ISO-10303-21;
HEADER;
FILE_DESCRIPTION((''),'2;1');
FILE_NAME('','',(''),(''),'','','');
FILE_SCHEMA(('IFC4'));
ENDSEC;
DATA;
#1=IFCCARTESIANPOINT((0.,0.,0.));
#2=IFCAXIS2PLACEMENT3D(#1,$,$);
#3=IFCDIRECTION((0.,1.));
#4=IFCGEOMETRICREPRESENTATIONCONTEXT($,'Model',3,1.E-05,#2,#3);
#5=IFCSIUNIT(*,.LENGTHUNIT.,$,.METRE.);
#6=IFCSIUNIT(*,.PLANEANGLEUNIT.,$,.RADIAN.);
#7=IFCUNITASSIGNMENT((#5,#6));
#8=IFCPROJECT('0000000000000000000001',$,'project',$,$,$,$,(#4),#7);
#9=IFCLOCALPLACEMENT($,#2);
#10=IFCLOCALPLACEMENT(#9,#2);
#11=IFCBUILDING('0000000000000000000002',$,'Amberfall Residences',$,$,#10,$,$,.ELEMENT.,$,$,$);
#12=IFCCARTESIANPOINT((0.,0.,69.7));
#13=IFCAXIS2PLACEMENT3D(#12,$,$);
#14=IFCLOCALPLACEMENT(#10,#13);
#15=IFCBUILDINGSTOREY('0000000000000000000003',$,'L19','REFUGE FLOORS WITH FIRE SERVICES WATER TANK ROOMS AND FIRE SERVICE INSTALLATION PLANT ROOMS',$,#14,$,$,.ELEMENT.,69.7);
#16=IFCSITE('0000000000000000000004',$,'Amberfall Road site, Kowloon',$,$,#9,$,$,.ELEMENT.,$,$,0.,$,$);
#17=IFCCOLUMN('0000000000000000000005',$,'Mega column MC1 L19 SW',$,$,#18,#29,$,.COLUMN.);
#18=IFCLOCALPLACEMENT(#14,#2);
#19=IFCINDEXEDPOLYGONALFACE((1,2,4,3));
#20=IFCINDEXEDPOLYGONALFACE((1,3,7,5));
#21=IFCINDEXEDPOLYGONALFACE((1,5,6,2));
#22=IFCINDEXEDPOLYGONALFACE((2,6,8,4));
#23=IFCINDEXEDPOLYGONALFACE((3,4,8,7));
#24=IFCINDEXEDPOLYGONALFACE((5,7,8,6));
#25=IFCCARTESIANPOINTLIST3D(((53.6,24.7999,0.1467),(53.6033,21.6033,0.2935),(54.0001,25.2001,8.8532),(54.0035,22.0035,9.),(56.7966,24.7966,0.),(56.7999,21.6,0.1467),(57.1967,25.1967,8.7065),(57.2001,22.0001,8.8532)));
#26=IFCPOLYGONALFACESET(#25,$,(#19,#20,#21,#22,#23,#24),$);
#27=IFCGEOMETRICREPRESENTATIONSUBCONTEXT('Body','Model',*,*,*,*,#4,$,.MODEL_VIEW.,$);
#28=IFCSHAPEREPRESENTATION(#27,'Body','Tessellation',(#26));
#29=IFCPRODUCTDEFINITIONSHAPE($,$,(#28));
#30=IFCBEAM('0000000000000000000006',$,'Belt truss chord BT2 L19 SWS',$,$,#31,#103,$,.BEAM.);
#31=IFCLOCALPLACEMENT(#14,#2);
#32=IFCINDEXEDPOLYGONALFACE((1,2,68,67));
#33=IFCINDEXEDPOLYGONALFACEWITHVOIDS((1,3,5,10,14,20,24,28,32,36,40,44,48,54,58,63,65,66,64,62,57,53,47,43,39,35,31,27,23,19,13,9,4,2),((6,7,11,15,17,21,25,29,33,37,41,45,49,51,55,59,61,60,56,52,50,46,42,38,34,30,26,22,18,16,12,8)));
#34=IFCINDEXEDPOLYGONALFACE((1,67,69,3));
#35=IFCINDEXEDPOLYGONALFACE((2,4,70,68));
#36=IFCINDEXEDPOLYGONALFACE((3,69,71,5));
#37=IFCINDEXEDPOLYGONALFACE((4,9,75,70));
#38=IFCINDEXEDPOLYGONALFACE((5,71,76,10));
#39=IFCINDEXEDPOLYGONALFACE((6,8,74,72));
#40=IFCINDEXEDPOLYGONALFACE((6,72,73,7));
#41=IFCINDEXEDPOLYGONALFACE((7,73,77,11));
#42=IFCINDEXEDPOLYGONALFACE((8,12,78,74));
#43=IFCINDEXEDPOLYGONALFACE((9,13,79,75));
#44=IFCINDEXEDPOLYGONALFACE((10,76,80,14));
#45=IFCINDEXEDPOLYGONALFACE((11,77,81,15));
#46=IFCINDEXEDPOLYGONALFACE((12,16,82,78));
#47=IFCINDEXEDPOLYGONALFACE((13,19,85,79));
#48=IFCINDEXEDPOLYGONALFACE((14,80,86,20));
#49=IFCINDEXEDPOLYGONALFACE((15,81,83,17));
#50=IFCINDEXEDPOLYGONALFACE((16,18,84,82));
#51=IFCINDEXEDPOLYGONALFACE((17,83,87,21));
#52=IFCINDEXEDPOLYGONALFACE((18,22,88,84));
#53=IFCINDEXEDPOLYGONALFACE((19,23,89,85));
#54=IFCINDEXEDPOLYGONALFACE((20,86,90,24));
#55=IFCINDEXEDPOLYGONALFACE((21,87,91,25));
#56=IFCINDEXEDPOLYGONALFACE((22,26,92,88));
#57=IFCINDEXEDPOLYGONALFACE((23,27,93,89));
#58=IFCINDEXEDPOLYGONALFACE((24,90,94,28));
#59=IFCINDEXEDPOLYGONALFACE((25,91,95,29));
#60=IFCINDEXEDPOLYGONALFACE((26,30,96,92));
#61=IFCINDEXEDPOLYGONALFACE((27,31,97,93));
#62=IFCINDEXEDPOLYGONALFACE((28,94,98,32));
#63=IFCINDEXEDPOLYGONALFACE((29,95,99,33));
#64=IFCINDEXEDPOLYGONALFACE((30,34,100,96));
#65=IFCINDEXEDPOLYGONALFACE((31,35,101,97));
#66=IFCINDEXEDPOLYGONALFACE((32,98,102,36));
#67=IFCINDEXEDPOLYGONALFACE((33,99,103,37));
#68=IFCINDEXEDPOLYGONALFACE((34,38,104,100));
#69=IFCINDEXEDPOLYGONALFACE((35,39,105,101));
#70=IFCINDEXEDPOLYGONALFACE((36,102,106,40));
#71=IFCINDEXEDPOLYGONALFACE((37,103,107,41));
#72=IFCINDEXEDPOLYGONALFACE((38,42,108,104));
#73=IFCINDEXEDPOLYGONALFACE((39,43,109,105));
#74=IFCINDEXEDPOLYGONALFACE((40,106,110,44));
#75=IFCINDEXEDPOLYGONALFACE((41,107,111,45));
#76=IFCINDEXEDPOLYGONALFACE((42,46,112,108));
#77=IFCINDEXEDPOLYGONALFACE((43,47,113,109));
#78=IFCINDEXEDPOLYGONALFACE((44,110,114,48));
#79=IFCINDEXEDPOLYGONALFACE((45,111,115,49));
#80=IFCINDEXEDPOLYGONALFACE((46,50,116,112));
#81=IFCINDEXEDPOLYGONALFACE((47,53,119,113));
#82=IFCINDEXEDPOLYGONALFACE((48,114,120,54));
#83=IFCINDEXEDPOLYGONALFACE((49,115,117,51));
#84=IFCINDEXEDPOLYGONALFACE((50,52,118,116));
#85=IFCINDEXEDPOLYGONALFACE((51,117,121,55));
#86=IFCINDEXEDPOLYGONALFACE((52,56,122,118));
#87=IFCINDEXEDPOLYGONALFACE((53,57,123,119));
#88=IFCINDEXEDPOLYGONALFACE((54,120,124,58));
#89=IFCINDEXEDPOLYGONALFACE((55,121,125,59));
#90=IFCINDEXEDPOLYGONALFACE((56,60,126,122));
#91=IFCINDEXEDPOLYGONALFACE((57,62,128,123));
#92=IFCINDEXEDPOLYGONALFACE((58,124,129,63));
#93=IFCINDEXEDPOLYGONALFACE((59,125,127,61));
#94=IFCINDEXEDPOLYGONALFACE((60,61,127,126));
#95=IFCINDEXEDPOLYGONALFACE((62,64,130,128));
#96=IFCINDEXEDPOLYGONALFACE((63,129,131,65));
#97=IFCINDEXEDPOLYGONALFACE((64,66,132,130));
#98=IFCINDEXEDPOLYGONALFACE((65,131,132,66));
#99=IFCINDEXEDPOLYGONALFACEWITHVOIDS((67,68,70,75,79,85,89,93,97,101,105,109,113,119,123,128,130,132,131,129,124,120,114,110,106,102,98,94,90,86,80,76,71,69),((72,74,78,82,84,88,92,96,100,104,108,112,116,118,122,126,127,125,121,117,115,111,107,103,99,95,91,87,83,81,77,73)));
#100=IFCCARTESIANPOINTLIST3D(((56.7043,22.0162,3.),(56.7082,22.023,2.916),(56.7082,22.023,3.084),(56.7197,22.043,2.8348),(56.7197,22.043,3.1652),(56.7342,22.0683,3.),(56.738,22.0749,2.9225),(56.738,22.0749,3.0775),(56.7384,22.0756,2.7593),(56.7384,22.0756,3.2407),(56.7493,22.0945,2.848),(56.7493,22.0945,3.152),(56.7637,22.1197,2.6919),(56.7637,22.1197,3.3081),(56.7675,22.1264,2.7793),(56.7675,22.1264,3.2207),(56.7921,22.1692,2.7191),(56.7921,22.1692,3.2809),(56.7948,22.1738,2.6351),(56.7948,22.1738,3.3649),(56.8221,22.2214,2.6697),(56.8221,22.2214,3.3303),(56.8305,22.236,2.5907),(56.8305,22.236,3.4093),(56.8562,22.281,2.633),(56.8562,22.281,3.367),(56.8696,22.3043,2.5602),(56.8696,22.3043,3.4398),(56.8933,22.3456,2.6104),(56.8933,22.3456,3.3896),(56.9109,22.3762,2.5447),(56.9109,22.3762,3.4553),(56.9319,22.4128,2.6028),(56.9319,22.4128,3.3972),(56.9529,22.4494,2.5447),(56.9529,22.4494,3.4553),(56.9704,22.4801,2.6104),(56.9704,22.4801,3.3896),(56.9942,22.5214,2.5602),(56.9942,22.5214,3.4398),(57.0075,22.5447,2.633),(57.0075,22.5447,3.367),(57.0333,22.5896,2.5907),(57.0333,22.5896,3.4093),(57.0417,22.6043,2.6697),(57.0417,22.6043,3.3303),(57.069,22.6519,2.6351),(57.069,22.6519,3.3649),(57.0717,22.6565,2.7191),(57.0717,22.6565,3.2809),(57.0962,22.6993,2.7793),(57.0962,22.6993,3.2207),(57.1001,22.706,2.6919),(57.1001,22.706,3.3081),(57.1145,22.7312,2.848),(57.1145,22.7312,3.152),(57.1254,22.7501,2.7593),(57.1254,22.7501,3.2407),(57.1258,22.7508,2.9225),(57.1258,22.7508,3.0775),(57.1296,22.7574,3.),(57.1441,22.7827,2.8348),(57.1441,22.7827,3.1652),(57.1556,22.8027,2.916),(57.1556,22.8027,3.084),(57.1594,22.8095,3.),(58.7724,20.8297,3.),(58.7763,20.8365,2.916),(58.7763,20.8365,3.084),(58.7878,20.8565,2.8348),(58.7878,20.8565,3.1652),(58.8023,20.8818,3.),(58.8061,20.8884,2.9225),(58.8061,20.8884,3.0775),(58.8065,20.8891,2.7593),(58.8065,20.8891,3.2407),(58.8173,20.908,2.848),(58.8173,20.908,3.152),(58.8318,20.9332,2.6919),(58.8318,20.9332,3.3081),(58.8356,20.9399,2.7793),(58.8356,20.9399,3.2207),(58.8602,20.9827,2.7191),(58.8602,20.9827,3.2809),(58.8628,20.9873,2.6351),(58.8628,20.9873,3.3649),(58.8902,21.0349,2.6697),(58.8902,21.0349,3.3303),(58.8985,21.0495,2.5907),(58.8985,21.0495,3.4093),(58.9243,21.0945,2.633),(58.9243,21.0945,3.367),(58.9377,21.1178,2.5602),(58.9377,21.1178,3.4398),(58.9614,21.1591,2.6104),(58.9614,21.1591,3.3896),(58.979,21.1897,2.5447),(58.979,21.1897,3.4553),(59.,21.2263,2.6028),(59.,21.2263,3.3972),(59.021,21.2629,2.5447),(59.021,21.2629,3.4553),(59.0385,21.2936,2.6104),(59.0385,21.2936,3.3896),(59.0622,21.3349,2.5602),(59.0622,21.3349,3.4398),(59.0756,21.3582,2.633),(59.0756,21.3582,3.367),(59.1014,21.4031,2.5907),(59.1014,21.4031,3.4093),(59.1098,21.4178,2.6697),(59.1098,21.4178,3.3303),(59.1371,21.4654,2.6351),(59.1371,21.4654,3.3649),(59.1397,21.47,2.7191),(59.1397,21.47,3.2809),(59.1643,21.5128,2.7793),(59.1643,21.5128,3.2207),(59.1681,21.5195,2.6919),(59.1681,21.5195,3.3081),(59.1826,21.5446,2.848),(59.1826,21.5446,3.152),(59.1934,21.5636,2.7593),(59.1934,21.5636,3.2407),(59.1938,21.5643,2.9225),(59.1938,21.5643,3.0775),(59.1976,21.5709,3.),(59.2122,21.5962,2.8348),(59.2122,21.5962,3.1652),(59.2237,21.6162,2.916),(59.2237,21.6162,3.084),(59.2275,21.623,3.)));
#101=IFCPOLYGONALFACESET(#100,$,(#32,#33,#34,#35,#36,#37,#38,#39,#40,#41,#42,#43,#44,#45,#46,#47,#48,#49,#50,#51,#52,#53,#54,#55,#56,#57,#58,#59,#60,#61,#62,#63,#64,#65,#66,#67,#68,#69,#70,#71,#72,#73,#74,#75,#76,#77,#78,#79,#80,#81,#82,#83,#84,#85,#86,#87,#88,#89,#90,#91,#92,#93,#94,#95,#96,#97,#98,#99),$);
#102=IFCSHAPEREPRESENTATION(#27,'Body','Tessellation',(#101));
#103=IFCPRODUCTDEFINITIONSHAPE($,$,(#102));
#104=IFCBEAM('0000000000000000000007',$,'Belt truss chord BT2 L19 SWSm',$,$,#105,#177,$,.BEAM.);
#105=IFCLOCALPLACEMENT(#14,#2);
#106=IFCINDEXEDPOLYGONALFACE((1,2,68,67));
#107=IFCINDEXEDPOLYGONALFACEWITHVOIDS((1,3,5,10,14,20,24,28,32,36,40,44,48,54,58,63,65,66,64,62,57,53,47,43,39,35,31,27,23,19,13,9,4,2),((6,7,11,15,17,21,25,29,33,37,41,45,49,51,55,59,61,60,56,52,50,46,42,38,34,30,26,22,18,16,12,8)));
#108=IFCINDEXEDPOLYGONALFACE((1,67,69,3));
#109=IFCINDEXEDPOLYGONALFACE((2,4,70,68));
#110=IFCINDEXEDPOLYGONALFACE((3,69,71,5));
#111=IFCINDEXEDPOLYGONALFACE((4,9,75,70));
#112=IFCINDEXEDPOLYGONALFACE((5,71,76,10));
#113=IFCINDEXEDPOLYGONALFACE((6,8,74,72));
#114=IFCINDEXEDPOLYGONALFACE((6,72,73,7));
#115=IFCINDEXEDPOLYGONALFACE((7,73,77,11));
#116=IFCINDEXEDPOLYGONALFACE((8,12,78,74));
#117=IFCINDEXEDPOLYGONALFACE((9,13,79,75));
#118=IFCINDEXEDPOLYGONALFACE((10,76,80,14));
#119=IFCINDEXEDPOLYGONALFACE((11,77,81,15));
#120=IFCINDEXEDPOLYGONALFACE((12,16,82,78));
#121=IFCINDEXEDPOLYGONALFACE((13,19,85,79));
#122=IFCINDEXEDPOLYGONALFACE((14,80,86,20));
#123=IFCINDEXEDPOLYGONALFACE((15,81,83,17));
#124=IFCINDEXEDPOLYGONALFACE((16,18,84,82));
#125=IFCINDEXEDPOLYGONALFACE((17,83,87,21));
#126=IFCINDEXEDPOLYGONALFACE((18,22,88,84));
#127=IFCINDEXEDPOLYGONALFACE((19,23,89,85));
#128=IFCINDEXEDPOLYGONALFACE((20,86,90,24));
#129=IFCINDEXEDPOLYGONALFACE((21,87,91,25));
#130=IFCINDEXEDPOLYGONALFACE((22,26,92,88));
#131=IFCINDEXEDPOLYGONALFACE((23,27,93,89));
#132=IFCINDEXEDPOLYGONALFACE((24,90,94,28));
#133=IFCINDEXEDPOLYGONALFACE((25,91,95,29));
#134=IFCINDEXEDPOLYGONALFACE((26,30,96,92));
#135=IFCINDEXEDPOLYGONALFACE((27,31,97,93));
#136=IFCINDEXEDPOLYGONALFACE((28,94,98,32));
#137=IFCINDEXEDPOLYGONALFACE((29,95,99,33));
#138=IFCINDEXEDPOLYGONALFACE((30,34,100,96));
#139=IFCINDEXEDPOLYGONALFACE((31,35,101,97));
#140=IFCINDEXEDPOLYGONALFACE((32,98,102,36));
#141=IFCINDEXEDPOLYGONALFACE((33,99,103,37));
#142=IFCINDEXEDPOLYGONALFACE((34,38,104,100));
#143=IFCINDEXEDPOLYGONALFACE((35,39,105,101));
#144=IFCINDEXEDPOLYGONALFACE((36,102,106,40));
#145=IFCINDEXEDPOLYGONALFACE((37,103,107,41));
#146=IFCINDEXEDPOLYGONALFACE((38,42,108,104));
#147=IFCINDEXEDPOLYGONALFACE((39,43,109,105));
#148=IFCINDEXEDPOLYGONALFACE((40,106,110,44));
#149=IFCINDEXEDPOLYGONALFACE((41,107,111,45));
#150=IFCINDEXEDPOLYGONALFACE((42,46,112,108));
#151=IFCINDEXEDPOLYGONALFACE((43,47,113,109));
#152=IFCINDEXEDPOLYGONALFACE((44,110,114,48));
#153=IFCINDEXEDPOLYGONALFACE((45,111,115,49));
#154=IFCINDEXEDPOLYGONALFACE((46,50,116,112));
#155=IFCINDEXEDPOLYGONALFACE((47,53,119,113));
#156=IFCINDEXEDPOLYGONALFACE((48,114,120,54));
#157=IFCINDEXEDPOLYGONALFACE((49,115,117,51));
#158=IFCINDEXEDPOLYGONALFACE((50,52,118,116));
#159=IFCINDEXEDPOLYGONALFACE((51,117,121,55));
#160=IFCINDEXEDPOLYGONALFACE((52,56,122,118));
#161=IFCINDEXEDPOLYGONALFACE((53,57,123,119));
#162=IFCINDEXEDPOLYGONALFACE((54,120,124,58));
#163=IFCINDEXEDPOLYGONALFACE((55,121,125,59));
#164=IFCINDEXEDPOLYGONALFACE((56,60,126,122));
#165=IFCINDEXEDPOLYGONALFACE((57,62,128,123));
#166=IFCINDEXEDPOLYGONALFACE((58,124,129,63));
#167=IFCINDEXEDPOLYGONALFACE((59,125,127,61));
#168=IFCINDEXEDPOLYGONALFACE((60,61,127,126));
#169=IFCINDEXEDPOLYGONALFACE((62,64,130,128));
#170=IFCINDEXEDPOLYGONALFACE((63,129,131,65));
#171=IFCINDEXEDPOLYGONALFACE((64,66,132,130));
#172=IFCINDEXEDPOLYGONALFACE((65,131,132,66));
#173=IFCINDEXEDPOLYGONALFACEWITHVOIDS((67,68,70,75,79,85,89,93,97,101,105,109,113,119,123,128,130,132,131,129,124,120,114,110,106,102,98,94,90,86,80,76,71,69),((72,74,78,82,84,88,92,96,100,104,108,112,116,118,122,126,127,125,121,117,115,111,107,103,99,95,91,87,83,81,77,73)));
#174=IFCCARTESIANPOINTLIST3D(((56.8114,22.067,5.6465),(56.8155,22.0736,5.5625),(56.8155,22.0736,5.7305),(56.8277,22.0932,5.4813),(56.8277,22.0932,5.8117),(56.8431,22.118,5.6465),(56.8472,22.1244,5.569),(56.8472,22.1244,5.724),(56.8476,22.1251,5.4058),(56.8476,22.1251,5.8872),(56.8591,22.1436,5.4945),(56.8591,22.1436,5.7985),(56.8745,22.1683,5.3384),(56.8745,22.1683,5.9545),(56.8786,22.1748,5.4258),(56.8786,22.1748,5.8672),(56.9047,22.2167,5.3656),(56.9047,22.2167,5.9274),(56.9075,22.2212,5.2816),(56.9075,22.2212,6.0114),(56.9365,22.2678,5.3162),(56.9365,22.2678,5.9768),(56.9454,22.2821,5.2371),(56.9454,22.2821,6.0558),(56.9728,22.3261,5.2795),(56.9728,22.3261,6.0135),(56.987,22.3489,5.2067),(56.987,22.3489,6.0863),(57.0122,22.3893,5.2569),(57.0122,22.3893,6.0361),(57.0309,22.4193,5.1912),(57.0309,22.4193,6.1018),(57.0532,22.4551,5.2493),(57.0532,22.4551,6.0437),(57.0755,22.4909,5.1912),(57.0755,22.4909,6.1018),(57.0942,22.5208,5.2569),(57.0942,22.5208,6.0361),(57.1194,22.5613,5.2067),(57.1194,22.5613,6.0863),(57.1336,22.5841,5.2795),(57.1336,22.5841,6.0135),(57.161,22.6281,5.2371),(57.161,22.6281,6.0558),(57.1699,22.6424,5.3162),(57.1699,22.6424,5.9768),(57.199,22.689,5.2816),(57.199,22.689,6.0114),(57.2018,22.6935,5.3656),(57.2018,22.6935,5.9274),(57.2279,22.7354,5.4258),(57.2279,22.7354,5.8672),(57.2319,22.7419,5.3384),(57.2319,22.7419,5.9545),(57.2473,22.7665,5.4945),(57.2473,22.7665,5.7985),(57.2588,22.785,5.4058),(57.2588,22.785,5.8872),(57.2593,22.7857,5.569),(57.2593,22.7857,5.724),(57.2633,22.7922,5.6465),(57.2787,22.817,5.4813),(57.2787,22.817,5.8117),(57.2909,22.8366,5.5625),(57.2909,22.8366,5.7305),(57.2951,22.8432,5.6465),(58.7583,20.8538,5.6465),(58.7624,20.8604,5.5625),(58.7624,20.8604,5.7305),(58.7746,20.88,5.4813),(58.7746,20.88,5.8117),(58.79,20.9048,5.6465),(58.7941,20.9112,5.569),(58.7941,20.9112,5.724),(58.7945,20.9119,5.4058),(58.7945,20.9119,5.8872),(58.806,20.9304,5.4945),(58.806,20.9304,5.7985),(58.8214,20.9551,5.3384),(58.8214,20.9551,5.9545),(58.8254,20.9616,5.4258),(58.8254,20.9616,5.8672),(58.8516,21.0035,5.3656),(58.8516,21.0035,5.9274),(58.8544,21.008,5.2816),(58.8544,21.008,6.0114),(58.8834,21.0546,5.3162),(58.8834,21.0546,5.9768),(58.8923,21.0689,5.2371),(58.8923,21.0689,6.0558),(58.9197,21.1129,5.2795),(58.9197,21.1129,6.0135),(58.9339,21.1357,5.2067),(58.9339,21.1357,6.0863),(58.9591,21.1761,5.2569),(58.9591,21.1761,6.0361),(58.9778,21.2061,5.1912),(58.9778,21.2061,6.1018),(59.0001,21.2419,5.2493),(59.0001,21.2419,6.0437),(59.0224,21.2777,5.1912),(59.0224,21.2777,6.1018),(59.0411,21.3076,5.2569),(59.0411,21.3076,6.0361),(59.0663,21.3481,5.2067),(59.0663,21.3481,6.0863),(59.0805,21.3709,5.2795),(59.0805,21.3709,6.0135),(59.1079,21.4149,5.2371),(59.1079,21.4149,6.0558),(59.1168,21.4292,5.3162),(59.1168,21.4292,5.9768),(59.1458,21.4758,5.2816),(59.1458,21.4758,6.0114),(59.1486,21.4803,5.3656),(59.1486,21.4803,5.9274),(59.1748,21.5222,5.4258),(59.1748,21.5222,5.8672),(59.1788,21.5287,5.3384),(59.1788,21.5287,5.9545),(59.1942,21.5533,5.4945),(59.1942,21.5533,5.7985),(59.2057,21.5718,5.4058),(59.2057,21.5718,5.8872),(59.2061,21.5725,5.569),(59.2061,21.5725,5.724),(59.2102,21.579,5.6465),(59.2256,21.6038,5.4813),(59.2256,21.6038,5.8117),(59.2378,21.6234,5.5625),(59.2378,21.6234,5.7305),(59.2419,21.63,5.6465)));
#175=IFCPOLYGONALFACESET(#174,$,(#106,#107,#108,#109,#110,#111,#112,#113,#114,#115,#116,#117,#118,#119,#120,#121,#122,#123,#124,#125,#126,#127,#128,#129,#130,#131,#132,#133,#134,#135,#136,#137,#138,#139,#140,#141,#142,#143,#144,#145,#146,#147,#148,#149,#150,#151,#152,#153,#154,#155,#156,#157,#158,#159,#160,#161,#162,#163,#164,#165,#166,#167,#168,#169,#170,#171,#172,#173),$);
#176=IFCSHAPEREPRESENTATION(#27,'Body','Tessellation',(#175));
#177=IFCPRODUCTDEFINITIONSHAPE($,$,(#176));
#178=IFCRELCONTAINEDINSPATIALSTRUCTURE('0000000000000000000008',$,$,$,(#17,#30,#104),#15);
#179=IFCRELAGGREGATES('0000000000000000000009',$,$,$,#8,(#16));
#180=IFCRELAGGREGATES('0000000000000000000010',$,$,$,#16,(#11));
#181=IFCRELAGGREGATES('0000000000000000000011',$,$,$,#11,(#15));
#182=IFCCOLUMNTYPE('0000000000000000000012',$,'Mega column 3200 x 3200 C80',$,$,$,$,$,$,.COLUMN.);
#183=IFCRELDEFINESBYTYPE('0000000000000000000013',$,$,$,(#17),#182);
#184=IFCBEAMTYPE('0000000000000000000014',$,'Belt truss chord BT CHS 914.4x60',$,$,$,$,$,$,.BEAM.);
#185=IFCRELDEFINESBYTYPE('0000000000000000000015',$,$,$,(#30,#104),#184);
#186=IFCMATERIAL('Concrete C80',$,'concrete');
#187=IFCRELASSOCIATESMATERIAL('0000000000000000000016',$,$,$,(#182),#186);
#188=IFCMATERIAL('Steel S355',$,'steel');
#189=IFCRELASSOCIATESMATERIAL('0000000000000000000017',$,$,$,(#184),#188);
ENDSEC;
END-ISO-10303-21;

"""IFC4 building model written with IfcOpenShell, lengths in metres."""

from ifc_helpers import new_model, si_unit, direction, frame, origin, origin_2d, place, context, subcontext, project, spatial, rectangle, hollow_circle, extrude, material, material_profile, profile_set, type_object, element, save


model = new_model("IFC4")

# Units and contexts
model_context = context("Model", 3, precision=1e-05, world=origin(), true_north=direction((0.0, 1.0)))
body_context = subcontext(model_context, "Body", "Model", "MODEL_VIEW")
ifc_project = project(units=[si_unit("LENGTHUNIT", "METRE"), si_unit("PLANEANGLEUNIT", "RADIAN")], contexts=[model_context])

# Site, building, storey
site_placement = place(None, origin())
site = spatial("IfcSite", under=ifc_project, at=site_placement, Name="Amberfall Road site, Kowloon", CompositionType="ELEMENT", RefElevation=0.0)
building_placement = place(site_placement, origin())
building = spatial("IfcBuilding", under=site, at=building_placement, Name="Amberfall Residences", CompositionType="ELEMENT")
storey_placement = place(building_placement, frame((0.0, 0.0, 69.7)))
storey = spatial("IfcBuildingStorey", under=building, at=storey_placement, Name="L19", Description="REFUGE FLOORS WITH FIRE SERVICES WATER TANK ROOMS AND FIRE SERVICE INSTALLATION PLANT ROOMS", CompositionType="ELEMENT", Elevation=69.7)

# Column
ifc_material_1 = material(Name="Concrete C80", Category="concrete")
ifc_material_profile_1 = material_profile(ifc_material_1, rectangle(XDim=3.2, YDim=3.2, at=origin_2d()), Name="Mega column 3200 x 3200 C80")
ifc_profile_set_1 = profile_set([ifc_material_profile_1], Name="Concrete C80")
column_type = type_object("IfcColumnType", Name="Mega column 3200 x 3200 C80", PredefinedType="COLUMN", material=ifc_profile_set_1)
column_placement = place(storey_placement, frame((55.2, 23.2, 0.1467), z_axis=(0.045863, 0.045863, 0.997894), x_axis=(-0.998947, 0.001053, 0.045863)))
element("IfcColumn", 1, at=column_placement, inside=storey, type_object=column_type, Name="Mega column MC1 L19 SW", PredefinedType="COLUMN", context=body_context, shape_type="SweptSolid", body=[
    extrude(rectangle(XDim=3.2, YDim=3.2, at=origin_2d()), origin(), (0.0, 0.0, 1.0), 8.7249),
])

# Beams
ifc_material_2 = material(Name="Steel S355", Category="steel")
ifc_material_profile_2 = material_profile(ifc_material_2, hollow_circle(Radius=0.4573, WallThickness=0.0601, at=origin_2d()), Name="CHS 914.4x60")
ifc_profile_set_2 = profile_set([ifc_material_profile_2], Name="Steel S355")
beam_type_1 = type_object("IfcBeamType", Name="Belt truss chord BT CHS 914.4x60", PredefinedType="BEAM", material=ifc_profile_set_2)
beam_1_placement = place(storey_placement, frame((56.9319, 22.4128, 3.0), z_axis=(0.867385, -0.497638, 0.0), x_axis=(0.497638, 0.867385, 0.0)))
element("IfcBeam", 2, at=beam_1_placement, inside=storey, type_object=beam_type_1, Name="Belt truss chord BT2 L19 SWS", PredefinedType="BEAM", context=body_context, shape_type="SweptSolid", body=[
    extrude(hollow_circle(Radius=0.4573, WallThickness=0.0601, at=origin_2d()), origin(), (0.0, 0.0, 1.0), 2.3843),
])
beam_2_placement = place(storey_placement, frame((57.0532, 22.4551, 5.6465), z_axis=(0.848703, -0.52887, 0.0), x_axis=(0.52887, 0.848703, 0.0)))
element("IfcBeam", 3, at=beam_2_placement, inside=storey, type_object=beam_type_1, Name="Belt truss chord BT2 L19 SWSm", PredefinedType="BEAM", context=body_context, shape_type="SweptSolid", body=[
    extrude(hollow_circle(Radius=0.4573, WallThickness=0.0601, at=origin_2d()), origin(), (0.0, 0.0, 1.0), 2.2939),
])

save(model, "model.ifc")
